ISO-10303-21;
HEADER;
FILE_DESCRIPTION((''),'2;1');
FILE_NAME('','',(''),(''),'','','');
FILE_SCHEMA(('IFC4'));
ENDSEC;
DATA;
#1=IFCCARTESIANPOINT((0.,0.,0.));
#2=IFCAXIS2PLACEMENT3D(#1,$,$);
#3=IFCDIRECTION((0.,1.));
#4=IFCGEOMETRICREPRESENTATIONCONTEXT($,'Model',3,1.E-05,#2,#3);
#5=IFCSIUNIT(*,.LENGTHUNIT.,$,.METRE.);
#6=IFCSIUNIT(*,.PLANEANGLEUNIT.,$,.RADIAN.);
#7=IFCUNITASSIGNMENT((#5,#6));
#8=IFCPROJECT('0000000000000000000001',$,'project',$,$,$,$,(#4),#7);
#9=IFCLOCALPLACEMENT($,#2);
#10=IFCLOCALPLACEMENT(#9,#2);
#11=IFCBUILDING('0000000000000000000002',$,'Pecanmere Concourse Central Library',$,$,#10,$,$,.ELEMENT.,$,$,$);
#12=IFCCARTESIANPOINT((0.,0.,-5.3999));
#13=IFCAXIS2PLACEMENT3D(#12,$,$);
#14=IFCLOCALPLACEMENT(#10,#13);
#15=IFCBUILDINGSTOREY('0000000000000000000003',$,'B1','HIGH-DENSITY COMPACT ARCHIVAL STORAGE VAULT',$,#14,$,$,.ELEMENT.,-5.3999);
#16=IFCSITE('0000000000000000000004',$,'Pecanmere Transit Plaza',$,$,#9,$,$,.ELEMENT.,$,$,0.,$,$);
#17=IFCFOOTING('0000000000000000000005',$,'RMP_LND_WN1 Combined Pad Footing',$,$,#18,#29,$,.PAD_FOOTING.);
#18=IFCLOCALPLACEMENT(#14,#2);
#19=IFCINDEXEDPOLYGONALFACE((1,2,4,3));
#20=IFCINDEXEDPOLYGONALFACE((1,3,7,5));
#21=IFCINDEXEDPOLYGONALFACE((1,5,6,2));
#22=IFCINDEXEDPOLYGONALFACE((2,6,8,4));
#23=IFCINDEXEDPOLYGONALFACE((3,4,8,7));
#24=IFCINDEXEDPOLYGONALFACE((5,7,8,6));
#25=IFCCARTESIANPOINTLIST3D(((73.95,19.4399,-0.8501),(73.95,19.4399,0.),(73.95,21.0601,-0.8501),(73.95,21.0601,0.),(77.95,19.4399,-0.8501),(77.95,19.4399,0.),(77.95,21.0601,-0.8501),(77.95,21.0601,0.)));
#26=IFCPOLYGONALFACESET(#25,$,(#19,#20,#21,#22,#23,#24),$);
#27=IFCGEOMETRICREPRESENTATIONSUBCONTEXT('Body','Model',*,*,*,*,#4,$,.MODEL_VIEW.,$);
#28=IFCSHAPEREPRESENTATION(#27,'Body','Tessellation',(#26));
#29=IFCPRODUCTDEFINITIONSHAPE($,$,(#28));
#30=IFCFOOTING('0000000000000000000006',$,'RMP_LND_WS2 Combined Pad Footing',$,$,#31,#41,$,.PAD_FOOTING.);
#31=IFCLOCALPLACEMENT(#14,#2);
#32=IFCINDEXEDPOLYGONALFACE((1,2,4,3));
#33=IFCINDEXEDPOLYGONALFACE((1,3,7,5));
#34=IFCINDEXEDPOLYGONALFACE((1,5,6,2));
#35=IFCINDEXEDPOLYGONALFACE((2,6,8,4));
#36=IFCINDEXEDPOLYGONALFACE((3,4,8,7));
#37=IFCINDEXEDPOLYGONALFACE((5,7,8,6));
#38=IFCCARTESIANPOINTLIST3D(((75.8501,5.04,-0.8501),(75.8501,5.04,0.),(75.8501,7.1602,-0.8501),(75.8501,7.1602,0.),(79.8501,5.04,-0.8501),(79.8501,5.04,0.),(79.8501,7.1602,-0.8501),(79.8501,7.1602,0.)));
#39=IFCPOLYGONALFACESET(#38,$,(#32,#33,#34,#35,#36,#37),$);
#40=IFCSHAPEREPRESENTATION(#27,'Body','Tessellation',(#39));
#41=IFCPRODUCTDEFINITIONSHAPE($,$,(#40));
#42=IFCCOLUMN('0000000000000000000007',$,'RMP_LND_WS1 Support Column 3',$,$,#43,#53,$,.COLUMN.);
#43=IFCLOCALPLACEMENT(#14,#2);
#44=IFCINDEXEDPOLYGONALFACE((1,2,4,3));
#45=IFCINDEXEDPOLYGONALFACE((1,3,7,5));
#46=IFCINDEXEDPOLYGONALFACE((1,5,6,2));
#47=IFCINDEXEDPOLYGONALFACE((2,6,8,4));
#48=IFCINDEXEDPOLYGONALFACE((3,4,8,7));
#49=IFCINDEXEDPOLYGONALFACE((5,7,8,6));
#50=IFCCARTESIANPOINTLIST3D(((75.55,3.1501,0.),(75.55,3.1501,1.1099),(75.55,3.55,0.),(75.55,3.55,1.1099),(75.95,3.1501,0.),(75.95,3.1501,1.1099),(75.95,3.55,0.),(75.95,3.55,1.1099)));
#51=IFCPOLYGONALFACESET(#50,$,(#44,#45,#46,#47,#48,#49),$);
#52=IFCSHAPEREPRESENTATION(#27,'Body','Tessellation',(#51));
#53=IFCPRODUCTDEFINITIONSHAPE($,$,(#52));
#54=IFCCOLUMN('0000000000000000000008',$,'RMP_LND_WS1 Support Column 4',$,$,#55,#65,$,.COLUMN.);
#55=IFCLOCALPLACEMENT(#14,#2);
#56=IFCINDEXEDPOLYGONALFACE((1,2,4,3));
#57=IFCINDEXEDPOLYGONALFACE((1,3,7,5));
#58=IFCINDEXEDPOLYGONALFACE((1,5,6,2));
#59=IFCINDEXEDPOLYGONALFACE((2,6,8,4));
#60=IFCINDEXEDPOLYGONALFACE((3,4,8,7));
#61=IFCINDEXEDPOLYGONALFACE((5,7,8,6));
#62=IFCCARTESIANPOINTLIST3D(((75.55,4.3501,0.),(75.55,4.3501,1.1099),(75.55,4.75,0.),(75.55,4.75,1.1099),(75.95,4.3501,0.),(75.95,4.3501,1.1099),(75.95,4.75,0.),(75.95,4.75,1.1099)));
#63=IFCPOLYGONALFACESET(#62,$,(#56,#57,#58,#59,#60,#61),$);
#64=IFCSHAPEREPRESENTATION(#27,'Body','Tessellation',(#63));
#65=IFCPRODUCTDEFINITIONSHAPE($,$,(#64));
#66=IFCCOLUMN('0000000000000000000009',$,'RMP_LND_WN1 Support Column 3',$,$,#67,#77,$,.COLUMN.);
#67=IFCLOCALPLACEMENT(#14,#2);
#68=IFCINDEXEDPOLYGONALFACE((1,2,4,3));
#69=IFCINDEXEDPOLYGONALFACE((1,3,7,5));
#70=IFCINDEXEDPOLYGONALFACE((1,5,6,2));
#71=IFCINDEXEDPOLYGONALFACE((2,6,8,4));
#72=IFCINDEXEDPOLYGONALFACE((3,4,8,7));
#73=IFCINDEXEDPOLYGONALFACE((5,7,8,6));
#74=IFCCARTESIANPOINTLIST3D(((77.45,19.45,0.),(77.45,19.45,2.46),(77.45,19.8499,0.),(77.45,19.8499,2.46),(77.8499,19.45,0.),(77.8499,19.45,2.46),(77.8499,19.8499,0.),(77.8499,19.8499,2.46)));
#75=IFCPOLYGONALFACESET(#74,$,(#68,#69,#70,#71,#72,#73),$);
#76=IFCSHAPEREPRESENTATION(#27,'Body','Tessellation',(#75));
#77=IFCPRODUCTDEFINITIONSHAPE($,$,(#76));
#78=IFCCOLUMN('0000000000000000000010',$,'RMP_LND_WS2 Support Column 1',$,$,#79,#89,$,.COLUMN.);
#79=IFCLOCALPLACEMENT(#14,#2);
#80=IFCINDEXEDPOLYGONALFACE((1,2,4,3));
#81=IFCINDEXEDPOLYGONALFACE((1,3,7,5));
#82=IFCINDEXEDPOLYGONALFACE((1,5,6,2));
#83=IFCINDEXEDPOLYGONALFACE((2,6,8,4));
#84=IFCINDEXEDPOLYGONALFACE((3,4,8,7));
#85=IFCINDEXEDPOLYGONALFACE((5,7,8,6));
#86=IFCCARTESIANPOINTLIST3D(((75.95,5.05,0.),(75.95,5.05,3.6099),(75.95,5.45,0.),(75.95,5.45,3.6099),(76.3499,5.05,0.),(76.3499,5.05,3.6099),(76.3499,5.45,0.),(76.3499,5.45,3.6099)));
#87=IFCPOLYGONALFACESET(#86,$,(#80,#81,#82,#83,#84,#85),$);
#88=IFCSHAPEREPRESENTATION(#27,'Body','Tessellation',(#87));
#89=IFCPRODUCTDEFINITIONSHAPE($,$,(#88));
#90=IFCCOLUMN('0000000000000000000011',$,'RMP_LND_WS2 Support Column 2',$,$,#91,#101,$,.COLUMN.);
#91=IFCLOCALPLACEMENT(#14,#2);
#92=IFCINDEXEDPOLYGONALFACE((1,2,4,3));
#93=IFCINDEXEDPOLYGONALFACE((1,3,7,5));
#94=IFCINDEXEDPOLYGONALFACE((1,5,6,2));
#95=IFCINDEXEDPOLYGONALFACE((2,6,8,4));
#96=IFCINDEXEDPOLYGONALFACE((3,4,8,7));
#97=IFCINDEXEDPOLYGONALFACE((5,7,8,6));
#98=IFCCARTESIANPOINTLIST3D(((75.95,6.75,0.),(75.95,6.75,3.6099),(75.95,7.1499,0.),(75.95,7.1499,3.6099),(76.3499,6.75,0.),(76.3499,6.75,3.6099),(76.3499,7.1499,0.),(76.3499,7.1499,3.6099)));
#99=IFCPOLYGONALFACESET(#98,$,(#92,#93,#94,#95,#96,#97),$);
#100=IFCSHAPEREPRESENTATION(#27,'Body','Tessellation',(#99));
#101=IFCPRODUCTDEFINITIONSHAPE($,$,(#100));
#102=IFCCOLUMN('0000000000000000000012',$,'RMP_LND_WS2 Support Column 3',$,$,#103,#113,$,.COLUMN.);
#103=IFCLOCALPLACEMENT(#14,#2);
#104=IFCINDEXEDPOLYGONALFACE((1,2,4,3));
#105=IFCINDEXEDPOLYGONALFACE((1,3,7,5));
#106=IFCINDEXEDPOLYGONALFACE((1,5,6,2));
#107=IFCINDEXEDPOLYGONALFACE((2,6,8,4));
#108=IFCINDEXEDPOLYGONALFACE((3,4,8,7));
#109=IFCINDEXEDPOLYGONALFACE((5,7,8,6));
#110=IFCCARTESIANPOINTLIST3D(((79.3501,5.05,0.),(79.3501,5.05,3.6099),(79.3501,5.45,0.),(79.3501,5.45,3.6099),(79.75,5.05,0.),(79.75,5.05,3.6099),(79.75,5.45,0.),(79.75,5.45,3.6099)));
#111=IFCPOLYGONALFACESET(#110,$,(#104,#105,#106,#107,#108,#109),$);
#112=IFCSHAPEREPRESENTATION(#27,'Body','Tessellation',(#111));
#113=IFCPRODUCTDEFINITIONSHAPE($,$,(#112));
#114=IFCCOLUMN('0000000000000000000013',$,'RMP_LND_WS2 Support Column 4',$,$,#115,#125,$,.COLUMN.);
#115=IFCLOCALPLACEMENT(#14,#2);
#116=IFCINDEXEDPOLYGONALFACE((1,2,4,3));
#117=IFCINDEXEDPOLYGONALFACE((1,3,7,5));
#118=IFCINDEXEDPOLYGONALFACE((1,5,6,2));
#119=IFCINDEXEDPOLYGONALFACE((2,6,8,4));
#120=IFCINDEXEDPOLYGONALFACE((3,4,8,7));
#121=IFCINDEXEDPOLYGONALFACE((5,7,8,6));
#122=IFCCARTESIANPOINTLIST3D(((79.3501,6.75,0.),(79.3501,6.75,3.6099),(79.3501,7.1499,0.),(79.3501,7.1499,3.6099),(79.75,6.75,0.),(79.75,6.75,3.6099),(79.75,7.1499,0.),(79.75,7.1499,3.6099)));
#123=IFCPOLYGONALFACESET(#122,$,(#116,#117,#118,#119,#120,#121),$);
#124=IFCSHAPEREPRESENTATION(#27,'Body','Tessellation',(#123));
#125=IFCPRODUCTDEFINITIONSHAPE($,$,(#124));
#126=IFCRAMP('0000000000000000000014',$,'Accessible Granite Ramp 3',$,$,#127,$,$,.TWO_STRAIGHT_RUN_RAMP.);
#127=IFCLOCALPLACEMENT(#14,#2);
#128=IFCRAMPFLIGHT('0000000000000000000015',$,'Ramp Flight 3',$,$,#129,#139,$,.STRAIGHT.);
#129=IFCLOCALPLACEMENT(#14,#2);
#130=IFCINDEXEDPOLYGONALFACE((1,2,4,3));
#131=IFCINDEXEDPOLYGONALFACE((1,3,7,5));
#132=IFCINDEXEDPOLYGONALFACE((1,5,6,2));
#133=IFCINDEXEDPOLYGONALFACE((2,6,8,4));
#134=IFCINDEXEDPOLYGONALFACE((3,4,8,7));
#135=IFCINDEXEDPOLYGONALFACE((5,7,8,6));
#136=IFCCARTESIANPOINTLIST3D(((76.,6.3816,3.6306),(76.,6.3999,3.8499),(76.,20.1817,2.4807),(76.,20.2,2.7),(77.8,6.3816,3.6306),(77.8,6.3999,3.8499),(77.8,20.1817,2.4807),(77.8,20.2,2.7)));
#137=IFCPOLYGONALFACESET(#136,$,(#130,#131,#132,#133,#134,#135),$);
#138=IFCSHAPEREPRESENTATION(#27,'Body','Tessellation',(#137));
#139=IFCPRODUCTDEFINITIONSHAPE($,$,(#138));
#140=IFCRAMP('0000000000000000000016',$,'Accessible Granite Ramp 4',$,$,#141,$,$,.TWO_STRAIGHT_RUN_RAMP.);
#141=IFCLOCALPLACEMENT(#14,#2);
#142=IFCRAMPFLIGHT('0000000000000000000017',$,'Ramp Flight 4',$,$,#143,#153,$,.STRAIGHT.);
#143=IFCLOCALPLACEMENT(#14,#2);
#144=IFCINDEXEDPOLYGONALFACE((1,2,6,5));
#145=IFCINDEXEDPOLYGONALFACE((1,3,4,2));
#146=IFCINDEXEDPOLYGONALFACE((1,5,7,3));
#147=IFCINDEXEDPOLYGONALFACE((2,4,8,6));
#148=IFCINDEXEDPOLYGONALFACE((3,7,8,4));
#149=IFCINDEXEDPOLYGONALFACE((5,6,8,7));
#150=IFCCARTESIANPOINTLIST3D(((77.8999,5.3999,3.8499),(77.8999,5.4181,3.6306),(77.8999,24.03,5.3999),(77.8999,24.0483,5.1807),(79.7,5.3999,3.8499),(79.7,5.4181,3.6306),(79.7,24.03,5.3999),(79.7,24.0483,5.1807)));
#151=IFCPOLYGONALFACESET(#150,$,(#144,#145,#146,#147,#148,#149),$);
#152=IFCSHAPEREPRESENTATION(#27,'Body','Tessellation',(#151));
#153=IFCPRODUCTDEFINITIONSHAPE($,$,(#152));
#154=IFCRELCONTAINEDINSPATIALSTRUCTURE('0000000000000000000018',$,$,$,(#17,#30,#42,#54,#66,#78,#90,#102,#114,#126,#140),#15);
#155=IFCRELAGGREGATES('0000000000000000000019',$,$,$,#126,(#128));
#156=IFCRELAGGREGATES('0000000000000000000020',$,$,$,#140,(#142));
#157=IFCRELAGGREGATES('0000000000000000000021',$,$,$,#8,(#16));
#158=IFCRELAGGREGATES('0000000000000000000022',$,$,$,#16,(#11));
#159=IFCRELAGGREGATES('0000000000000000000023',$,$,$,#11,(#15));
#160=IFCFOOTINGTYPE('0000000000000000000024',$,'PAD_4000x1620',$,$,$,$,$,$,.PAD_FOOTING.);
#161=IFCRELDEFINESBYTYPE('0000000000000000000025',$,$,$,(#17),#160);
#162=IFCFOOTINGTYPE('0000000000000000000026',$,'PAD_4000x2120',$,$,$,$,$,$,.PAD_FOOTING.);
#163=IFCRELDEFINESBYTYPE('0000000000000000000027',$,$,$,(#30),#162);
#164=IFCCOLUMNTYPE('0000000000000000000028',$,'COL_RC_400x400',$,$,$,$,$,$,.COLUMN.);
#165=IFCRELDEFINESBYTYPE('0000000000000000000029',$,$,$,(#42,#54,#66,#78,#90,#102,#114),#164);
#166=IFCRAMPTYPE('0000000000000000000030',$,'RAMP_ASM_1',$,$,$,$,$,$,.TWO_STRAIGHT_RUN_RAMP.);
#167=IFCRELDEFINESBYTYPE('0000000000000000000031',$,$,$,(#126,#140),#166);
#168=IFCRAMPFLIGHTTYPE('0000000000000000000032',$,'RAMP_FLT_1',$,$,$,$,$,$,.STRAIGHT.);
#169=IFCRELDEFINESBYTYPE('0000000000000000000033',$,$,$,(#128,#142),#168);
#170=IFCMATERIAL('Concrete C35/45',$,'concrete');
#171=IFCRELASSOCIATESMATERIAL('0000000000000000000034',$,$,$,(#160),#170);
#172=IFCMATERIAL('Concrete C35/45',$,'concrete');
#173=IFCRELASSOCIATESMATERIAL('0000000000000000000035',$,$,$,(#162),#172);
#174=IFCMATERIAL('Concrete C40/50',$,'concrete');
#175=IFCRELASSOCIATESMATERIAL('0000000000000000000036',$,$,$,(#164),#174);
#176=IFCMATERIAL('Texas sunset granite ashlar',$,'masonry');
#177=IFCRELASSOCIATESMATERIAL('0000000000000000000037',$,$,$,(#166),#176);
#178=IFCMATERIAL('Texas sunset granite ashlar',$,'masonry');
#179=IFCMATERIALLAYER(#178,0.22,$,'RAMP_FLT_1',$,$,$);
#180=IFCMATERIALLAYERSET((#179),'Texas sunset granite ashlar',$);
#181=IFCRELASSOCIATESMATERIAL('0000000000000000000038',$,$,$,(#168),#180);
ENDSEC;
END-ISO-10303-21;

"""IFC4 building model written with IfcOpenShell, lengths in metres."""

from ifc_helpers import new_model, si_unit, direction, frame, origin, origin_2d, place, context, subcontext, project, spatial, polyline, rectangle, outline, extrude, material, layer, layer_set, material_profile, profile_set, type_object, element, aggregate, save


model = new_model("IFC4")

# Units and contexts
model_context = context("Model", 3, precision=1e-05, world=origin(), true_north=direction((0.0, 1.0)))
body_context = subcontext(model_context, "Body", "Model", "MODEL_VIEW")
ifc_project = project(units=[si_unit("LENGTHUNIT", "METRE"), si_unit("PLANEANGLEUNIT", "RADIAN")], contexts=[model_context])

# Site, building, storey
site_placement = place(None, origin())
site = spatial("IfcSite", under=ifc_project, at=site_placement, Name="Pecanmere Transit Plaza", CompositionType="ELEMENT", RefElevation=0.0)
building_placement = place(site_placement, origin())
building = spatial("IfcBuilding", under=site, at=building_placement, Name="Pecanmere Concourse Central Library", CompositionType="ELEMENT")
storey_placement = place(building_placement, frame((0.0, 0.0, -5.3999)))
storey = spatial("IfcBuildingStorey", under=building, at=storey_placement, Name="B1", Description="HIGH-DENSITY COMPACT ARCHIVAL STORAGE VAULT", CompositionType="ELEMENT", Elevation=-5.3999)

# Footings
ifc_material_1 = material(Name="Concrete C35/45", Category="concrete")
footing_type_1 = type_object("IfcFootingType", Name="PAD_4000x1620", PredefinedType="PAD_FOOTING", material=ifc_material_1)
footing_1_placement = place(storey_placement, frame((75.95, 20.25, -0.8501), z_axis=(0.0, 0.0, 1.0), x_axis=(1.0, 0.0, 0.0)))
element("IfcFooting", 1, at=footing_1_placement, inside=storey, type_object=footing_type_1, Name="RMP_LND_WN1 Combined Pad Footing", PredefinedType="PAD_FOOTING", context=body_context, shape_type="SweptSolid", body=[
    extrude(rectangle(XDim=4.0, YDim=1.6201, at=origin_2d()), origin(), (0.0, 0.0, 1.0), 0.8501),
])
ifc_material_2 = material(Name="Concrete C35/45", Category="concrete")
footing_type_2 = type_object("IfcFootingType", Name="PAD_4000x2120", PredefinedType="PAD_FOOTING", material=ifc_material_2)
footing_2_placement = place(storey_placement, frame((77.8501, 6.1001, -0.8501), z_axis=(0.0, 0.0, 1.0), x_axis=(1.0, 0.0, 0.0)))
element("IfcFooting", 2, at=footing_2_placement, inside=storey, type_object=footing_type_2, Name="RMP_LND_WS2 Combined Pad Footing", PredefinedType="PAD_FOOTING", context=body_context, shape_type="SweptSolid", body=[
    extrude(rectangle(XDim=4.0, YDim=2.1201, at=origin_2d()), origin(), (0.0, 0.0, 1.0), 0.8501),
])

# Columns
ifc_material_3 = material(Name="Concrete C40/50", Category="concrete")
ifc_material_profile = material_profile(ifc_material_3, rectangle(XDim=0.3999, YDim=0.3999, at=origin_2d()), Name="RC 400x400")
ifc_profile_set = profile_set([ifc_material_profile], Name="Concrete C40/50")
column_type = type_object("IfcColumnType", Name="COL_RC_400x400", PredefinedType="COLUMN", material=ifc_profile_set)
for number, where, z_axis, x_axis, name in (
    (3, (75.75, 3.3501, 0.0), (0.0, 0.0, 1.0), (1.0, 0.0, 0.0), "RMP_LND_WS1 Support Column 3"),
    (4, (75.75, 4.55, 0.0), (0.0, 0.0, 1.0), (1.0, 0.0, 0.0), "RMP_LND_WS1 Support Column 4"),
):
    element("IfcColumn", number, at=place(storey_placement, frame(where, z_axis=z_axis, x_axis=x_axis)), inside=storey, type_object=column_type, Name=name, PredefinedType="COLUMN", context=body_context, shape_type="SweptSolid", body=[
        extrude(rectangle(XDim=0.3999, YDim=0.3999, at=origin_2d()), origin(), (0.0, 0.0, 1.0), 1.1099),
    ])
column_placement = place(storey_placement, frame((77.6499, 19.6499, 0.0), z_axis=(0.0, 0.0, 1.0), x_axis=(1.0, 0.0, 0.0)))
element("IfcColumn", 5, at=column_placement, inside=storey, type_object=column_type, Name="RMP_LND_WN1 Support Column 3", PredefinedType="COLUMN", context=body_context, shape_type="SweptSolid", body=[
    extrude(rectangle(XDim=0.3999, YDim=0.3999, at=origin_2d()), origin(), (0.0, 0.0, 1.0), 2.46),
])
for number, where, z_axis, x_axis, name in (
    (6, (76.1499, 5.25, 0.0), (0.0, 0.0, 1.0), (1.0, 0.0, 0.0), "RMP_LND_WS2 Support Column 1"),
    (7, (76.1499, 6.95, 0.0), (0.0, 0.0, 1.0), (1.0, 0.0, 0.0), "RMP_LND_WS2 Support Column 2"),
    (8, (79.55, 5.25, 0.0), (0.0, 0.0, 1.0), (1.0, 0.0, 0.0), "RMP_LND_WS2 Support Column 3"),
    (9, (79.55, 6.95, 0.0), (0.0, 0.0, 1.0), (1.0, 0.0, 0.0), "RMP_LND_WS2 Support Column 4"),
):
    element("IfcColumn", number, at=place(storey_placement, frame(where, z_axis=z_axis, x_axis=x_axis)), inside=storey, type_object=column_type, Name=name, PredefinedType="COLUMN", context=body_context, shape_type="SweptSolid", body=[
        extrude(rectangle(XDim=0.3999, YDim=0.3999, at=origin_2d()), origin(), (0.0, 0.0, 1.0), 3.6099),
    ])

# Ramps, ramp flights
ifc_material_4 = material(Name="Texas sunset granite ashlar", Category="masonry")
ramp_type = type_object("IfcRampType", Name="RAMP_ASM_1", PredefinedType="TWO_STRAIGHT_RUN_RAMP", material=ifc_material_4)
ramp_1_placement = place(storey_placement, origin())
ramp_1 = element("IfcRamp", 10, at=ramp_1_placement, inside=storey, type_object=ramp_type, Name="Accessible Granite Ramp 3", PredefinedType="TWO_STRAIGHT_RUN_RAMP")
ifc_material_5 = material(Name="Texas sunset granite ashlar", Category="masonry")
ifc_layer = layer(ifc_material_5, 0.22, Name="RAMP_FLT_1")
ifc_layer_set = layer_set([ifc_layer], Name="Texas sunset granite ashlar")
ramp_flight_type = type_object("IfcRampFlightType", Name="RAMP_FLT_1", PredefinedType="STRAIGHT", material=ifc_layer_set)
ramp_flight_1_placement = place(storey_placement, frame((76.0, 20.2, 2.7), z_axis=(0.0, 0.083038, 0.996546), x_axis=(1.0, 0.0, 0.0)))
ramp_flight_1 = element("IfcRampFlight", 11, at=ramp_flight_1_placement, type_object=ramp_flight_type, Name="Ramp Flight 3", PredefinedType="STRAIGHT", context=body_context, shape_type="SweptSolid", body=[
    extrude(outline(polyline([(0.0, 0.0), (1.8, 0.0), (1.8, -13.8479), (0.0, -13.8479), (0.0, 0.0)])), origin(), (0.0, 0.0, -1.0), 0.22),
])
aggregate(ramp_1, [ramp_flight_1])
ramp_2_placement = place(storey_placement, origin())
ramp_2 = element("IfcRamp", 12, at=ramp_2_placement, inside=storey, type_object=ramp_type, Name="Accessible Granite Ramp 4", PredefinedType="TWO_STRAIGHT_RUN_RAMP")
ramp_flight_2_placement = place(storey_placement, frame((77.8999, 5.3999, 3.8499), z_axis=(0.0, -0.082915, 0.996557), x_axis=(1.0, 0.0, 0.0)))
ramp_flight_2 = element("IfcRampFlight", 13, at=ramp_flight_2_placement, type_object=ramp_flight_type, Name="Ramp Flight 4", PredefinedType="STRAIGHT", context=body_context, shape_type="SweptSolid", body=[
    extrude(outline(polyline([(0.0, 0.0), (1.8, 0.0), (1.8, 18.6945), (0.0, 18.6945), (0.0, 0.0)])), origin(), (0.0, 0.0, -1.0), 0.22),
])
aggregate(ramp_2, [ramp_flight_2])

save(model, "model.ifc")
